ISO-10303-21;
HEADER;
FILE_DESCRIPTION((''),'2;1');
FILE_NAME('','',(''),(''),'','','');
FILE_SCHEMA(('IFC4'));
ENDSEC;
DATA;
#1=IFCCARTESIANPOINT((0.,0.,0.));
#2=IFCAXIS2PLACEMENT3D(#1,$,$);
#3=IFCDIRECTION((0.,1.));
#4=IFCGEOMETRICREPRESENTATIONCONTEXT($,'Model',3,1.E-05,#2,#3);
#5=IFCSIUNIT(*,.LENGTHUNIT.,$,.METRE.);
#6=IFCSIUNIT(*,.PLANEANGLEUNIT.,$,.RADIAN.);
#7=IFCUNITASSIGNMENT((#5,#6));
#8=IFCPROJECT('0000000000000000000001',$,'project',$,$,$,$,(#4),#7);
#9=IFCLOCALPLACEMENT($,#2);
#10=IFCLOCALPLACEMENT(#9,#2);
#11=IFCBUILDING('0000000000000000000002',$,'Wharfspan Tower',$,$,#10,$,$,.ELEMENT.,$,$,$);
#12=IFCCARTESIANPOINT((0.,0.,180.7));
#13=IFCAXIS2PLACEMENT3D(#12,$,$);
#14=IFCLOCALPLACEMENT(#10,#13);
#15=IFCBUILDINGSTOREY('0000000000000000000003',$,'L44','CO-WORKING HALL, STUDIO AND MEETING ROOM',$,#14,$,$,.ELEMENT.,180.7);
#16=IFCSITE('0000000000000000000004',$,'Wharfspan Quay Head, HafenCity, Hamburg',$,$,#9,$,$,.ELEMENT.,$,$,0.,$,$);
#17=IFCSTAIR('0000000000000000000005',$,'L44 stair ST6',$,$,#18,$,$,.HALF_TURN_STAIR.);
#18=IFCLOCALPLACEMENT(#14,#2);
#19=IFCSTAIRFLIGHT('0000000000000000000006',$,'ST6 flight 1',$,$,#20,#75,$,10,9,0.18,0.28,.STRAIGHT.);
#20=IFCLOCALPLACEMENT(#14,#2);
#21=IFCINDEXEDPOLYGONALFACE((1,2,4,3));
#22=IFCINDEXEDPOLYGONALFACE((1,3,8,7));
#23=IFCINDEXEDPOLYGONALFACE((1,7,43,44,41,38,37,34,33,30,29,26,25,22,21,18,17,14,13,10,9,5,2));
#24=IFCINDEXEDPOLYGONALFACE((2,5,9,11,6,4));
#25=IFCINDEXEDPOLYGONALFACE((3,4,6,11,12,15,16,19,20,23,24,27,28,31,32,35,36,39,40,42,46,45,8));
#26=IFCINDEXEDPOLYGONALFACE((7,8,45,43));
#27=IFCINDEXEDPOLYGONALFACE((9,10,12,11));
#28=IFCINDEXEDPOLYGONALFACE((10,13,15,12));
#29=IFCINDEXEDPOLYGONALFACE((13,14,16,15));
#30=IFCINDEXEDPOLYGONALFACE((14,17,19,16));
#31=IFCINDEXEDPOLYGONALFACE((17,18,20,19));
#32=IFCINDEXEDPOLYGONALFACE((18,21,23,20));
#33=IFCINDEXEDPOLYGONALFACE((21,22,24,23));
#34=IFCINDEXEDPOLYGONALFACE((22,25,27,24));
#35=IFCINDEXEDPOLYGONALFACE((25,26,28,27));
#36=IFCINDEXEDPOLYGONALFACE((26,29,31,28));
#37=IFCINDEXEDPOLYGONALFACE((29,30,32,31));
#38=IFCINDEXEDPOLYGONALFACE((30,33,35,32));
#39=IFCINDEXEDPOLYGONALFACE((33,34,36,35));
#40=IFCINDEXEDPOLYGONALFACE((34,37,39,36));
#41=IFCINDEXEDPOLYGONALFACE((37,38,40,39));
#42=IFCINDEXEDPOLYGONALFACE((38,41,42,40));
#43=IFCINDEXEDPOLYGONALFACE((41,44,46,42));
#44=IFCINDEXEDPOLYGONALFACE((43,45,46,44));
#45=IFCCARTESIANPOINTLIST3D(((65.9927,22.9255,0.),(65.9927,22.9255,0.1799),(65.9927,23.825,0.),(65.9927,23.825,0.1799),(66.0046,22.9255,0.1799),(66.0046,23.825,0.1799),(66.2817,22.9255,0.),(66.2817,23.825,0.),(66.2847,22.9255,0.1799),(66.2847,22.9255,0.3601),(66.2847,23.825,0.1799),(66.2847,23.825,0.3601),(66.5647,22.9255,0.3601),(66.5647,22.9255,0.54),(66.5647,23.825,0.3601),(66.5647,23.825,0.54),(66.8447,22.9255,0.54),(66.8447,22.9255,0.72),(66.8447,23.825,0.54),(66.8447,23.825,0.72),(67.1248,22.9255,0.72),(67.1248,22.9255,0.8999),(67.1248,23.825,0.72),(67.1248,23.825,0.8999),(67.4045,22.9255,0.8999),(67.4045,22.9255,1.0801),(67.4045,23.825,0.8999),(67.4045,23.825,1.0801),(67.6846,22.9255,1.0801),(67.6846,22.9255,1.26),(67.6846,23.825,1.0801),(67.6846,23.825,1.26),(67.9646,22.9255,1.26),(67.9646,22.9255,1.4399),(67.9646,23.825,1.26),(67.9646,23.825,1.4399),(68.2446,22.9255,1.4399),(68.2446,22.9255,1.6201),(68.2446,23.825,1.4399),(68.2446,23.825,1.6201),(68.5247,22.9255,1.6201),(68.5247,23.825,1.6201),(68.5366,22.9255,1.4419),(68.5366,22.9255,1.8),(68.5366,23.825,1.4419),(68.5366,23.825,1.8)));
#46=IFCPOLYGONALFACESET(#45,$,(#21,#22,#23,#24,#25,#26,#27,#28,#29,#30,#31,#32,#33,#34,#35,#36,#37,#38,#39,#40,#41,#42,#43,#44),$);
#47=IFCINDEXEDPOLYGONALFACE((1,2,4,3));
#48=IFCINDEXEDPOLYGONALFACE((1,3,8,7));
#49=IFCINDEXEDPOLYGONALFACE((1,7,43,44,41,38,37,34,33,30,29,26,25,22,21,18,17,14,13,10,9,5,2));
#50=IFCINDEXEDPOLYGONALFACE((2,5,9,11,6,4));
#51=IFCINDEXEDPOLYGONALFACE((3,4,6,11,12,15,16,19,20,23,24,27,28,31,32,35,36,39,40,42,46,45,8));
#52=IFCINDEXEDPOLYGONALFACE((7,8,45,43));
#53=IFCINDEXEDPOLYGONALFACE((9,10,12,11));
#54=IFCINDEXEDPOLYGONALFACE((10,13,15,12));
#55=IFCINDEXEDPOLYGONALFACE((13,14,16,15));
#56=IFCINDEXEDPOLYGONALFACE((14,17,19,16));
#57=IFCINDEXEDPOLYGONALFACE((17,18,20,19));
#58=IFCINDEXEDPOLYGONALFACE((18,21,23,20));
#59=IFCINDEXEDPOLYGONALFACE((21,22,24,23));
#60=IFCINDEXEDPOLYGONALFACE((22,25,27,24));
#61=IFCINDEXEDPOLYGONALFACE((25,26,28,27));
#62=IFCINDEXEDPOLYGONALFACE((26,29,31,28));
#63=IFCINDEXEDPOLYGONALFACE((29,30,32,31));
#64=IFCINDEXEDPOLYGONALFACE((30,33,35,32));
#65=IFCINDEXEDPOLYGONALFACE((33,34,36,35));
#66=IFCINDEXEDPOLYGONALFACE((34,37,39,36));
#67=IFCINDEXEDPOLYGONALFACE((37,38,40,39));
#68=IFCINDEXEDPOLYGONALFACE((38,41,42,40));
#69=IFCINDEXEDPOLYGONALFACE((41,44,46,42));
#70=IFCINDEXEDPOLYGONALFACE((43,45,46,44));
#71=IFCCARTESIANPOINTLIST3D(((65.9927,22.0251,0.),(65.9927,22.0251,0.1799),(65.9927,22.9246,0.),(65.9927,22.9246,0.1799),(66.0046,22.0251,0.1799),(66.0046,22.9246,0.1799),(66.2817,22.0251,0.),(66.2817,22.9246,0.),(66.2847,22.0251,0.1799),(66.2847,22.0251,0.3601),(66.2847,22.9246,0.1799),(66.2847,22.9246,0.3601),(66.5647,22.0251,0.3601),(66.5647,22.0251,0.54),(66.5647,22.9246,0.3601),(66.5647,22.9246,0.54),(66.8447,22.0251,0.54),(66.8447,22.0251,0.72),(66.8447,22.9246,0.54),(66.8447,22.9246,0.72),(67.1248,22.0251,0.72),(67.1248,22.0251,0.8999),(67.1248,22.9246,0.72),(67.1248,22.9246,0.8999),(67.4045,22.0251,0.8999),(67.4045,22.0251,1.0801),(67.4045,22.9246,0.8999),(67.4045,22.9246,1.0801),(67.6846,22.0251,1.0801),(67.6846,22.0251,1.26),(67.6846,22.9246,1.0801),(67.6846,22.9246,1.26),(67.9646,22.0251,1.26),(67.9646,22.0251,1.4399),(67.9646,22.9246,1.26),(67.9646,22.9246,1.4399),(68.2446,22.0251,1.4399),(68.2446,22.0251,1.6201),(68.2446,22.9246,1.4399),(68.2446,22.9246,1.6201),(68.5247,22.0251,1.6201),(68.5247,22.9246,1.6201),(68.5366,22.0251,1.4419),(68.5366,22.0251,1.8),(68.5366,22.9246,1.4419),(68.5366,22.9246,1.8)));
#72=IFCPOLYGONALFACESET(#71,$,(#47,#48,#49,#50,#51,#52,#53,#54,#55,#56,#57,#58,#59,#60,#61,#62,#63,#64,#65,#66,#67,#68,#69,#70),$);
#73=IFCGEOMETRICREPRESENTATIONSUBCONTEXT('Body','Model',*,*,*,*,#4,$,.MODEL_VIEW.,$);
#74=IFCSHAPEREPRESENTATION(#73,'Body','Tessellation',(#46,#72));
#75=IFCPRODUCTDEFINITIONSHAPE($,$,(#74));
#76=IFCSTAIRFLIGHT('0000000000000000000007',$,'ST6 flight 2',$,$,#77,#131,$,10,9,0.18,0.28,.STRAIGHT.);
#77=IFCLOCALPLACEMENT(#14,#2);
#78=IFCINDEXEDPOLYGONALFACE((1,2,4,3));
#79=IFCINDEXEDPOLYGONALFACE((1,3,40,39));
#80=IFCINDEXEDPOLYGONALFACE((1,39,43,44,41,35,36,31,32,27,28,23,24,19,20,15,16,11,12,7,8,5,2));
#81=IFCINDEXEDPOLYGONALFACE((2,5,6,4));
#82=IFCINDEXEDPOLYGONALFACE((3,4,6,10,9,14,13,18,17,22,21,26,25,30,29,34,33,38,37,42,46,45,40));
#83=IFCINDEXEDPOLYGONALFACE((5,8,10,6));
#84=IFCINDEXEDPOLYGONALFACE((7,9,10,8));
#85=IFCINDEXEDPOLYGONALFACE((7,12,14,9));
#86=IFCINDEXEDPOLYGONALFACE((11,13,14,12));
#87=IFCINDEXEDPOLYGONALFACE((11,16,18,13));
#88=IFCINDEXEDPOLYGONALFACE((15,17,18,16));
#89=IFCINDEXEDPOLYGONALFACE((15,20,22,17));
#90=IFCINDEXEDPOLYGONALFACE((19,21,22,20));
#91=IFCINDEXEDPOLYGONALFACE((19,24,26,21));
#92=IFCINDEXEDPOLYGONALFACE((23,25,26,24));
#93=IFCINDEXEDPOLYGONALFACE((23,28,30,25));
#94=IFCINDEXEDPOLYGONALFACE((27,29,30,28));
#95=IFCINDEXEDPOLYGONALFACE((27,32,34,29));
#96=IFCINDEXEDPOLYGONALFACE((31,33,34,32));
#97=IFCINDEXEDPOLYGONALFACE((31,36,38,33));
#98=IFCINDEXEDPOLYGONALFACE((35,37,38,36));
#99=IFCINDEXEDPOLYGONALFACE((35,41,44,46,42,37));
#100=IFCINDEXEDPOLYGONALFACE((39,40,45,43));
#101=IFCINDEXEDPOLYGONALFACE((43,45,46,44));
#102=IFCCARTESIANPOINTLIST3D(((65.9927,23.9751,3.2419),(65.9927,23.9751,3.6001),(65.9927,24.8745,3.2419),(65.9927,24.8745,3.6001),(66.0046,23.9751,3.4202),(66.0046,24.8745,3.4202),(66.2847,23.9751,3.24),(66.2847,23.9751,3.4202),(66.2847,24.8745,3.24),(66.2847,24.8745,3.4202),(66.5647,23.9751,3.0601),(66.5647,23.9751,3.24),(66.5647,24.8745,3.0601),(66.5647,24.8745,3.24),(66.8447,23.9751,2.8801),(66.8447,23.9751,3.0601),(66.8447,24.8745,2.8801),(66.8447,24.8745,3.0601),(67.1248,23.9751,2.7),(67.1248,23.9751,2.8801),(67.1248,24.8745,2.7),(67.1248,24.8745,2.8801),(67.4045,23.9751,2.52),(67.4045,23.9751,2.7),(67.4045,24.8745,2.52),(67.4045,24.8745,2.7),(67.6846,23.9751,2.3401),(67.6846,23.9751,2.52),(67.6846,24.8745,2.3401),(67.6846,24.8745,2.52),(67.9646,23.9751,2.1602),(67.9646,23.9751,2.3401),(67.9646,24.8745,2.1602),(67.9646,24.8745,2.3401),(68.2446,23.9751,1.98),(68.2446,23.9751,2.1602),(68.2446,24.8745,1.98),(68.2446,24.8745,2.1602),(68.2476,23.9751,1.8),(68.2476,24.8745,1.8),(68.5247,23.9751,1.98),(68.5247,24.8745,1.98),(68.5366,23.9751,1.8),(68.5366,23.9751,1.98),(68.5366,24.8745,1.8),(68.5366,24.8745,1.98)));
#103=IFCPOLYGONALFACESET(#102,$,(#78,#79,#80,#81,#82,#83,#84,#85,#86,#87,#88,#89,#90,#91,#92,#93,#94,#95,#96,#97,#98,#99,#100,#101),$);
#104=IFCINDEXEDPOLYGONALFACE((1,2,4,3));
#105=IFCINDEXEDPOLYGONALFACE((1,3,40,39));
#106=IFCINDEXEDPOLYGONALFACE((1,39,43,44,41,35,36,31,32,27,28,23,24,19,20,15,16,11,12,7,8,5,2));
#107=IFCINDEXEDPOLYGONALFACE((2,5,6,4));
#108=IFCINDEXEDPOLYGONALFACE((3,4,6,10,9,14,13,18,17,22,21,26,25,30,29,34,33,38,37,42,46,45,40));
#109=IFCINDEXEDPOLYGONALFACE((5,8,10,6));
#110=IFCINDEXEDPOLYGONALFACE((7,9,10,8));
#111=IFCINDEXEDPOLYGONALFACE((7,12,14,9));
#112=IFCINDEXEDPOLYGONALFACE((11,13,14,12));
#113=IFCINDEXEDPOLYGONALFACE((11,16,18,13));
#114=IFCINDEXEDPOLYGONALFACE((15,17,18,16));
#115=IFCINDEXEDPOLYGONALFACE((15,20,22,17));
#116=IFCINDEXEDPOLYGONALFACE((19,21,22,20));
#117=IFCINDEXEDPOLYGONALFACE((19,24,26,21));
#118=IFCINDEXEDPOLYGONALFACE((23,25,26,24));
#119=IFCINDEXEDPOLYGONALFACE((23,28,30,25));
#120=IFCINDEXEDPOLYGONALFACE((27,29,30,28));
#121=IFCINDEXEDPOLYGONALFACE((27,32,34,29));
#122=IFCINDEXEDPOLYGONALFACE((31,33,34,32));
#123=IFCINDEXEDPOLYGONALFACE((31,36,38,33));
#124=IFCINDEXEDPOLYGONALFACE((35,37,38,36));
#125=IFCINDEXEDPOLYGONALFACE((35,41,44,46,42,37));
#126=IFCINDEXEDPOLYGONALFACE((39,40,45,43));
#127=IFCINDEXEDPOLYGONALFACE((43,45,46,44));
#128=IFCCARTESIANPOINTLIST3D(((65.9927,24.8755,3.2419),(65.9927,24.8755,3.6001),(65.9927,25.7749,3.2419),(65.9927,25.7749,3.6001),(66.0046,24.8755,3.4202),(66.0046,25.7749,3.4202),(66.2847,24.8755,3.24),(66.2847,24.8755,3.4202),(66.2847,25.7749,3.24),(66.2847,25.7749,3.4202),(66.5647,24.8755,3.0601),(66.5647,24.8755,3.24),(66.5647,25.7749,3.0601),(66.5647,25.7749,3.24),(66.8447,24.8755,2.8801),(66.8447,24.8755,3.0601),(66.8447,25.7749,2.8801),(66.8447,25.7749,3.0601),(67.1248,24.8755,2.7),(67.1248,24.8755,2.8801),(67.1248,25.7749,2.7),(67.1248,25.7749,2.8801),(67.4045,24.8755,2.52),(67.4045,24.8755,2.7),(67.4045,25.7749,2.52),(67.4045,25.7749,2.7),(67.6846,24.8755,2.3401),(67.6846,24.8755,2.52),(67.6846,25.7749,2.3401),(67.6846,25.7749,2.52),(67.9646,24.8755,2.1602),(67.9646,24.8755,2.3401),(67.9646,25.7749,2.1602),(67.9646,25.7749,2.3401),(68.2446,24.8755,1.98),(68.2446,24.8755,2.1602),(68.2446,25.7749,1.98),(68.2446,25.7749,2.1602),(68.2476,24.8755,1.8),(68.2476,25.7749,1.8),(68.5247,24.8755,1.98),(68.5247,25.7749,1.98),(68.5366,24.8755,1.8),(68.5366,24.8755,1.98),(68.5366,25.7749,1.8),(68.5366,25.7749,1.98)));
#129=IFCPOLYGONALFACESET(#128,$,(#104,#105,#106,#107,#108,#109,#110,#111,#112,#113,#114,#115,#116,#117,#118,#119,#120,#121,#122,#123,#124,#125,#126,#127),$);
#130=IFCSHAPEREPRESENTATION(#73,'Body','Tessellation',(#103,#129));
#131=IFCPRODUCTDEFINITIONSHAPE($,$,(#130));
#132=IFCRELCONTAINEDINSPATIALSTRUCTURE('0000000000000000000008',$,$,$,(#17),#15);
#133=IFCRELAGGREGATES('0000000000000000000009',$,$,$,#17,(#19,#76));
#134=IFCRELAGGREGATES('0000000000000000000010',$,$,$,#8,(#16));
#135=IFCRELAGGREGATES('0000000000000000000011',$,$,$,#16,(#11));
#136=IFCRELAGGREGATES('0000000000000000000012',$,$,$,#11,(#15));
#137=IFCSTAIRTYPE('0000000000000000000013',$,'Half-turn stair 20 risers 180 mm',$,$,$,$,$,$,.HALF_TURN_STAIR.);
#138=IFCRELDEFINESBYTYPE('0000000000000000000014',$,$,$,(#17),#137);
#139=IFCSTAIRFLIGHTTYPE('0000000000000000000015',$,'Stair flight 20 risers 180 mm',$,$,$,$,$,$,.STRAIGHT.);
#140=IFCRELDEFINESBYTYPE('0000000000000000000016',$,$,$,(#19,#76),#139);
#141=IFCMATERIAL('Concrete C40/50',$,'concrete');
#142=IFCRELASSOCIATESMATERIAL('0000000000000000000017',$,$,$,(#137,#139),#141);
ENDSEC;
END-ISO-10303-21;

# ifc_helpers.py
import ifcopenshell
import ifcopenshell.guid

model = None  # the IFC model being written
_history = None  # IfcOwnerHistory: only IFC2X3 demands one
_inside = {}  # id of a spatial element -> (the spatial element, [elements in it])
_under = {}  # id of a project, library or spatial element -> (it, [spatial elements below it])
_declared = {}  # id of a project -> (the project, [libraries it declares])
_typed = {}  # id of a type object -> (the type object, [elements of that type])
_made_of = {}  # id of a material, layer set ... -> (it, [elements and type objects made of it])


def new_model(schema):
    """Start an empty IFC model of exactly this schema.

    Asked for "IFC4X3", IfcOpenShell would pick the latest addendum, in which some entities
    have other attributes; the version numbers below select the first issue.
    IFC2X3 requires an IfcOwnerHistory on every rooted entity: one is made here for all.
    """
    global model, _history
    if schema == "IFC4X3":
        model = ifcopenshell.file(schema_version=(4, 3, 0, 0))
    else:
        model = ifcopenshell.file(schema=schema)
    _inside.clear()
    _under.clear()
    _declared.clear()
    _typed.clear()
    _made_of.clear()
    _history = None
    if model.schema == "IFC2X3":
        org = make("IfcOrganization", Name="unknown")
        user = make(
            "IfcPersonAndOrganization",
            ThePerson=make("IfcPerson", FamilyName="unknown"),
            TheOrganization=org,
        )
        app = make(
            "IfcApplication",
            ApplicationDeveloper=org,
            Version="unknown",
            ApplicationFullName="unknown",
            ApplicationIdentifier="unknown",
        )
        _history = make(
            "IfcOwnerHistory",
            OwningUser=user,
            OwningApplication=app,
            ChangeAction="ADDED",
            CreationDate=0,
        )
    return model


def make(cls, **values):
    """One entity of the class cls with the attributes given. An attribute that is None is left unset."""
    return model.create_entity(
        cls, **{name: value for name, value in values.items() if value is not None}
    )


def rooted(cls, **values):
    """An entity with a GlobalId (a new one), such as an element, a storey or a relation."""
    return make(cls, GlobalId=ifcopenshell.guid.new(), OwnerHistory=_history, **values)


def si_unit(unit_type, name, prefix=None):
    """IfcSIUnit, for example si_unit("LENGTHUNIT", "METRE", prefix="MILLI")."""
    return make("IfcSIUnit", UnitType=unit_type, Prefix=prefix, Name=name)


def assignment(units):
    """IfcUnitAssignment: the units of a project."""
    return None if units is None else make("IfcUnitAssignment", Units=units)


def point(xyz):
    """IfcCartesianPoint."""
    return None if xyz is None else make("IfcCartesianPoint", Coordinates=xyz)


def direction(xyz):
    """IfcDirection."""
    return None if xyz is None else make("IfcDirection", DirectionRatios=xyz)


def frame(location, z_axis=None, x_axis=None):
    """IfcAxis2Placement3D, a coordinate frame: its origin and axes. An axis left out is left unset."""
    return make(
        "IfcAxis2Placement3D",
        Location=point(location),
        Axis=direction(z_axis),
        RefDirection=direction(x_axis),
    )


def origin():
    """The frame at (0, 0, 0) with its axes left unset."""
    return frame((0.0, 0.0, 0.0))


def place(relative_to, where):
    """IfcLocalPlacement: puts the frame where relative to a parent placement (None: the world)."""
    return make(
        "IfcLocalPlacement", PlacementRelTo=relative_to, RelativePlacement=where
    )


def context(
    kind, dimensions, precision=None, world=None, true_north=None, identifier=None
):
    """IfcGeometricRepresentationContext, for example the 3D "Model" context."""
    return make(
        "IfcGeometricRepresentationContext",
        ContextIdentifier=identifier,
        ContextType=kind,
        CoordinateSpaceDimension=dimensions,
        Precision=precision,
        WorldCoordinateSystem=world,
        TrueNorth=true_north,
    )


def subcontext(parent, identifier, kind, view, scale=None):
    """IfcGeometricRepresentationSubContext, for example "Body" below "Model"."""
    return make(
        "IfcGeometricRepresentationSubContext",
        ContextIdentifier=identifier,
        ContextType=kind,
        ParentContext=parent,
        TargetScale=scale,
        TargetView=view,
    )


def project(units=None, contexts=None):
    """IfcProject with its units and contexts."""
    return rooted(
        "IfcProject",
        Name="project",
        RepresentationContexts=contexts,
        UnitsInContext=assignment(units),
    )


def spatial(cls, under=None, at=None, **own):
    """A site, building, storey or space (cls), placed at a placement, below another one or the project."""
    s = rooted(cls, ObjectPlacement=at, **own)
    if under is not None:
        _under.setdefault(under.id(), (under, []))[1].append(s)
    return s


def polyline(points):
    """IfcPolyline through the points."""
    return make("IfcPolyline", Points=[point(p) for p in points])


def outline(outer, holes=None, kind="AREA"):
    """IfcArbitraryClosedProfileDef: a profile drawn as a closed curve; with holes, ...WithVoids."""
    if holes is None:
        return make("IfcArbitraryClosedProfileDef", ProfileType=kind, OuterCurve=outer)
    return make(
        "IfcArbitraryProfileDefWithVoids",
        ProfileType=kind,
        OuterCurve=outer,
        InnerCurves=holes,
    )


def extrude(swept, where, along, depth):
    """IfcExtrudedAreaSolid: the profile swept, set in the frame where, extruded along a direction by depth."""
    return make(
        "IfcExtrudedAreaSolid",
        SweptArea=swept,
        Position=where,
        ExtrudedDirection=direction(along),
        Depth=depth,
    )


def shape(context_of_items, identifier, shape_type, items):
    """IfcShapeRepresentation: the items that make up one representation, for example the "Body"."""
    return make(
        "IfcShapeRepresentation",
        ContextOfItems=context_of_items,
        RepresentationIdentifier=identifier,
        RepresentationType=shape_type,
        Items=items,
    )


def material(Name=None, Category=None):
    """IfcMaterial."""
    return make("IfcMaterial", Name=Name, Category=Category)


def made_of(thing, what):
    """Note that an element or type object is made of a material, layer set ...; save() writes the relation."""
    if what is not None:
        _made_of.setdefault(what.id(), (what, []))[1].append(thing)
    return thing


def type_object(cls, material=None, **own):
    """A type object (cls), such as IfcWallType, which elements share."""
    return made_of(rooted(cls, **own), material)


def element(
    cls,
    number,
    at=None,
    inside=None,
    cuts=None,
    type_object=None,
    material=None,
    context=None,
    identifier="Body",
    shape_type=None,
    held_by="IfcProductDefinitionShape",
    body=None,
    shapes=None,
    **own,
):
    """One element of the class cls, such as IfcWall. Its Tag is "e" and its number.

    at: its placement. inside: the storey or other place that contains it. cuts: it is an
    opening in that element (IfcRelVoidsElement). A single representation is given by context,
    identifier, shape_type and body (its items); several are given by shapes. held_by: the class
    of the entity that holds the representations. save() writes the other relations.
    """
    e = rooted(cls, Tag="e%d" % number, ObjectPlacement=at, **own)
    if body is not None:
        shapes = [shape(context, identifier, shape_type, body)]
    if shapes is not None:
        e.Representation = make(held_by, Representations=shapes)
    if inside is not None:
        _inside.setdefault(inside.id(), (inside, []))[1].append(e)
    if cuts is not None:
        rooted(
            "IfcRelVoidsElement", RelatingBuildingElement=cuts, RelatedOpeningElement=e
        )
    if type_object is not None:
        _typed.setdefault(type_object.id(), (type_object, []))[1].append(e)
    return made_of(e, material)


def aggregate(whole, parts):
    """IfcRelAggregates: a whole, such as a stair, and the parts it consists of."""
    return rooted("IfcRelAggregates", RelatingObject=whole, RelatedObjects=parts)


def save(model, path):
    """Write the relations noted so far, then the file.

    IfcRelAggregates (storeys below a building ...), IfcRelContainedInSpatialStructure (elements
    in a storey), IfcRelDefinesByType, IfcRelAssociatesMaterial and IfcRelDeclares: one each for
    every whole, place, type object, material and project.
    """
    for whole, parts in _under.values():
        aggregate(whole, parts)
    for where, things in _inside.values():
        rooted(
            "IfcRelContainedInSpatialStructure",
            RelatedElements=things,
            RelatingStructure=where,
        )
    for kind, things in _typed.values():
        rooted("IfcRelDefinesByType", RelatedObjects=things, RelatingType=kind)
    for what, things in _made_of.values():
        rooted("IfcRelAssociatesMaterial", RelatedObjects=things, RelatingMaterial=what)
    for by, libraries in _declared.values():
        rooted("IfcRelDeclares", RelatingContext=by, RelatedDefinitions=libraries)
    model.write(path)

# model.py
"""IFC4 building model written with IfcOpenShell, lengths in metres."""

from ifc_helpers import new_model, si_unit, direction, frame, origin, place, context, subcontext, project, spatial, polyline, outline, extrude, material, type_object, element, aggregate, save


model = new_model("IFC4")

# Units and contexts
model_context = context("Model", 3, precision=1e-05, world=origin(), true_north=direction((0.0, 1.0)))
body_context = subcontext(model_context, "Body", "Model", "MODEL_VIEW")
ifc_project = project(units=[si_unit("LENGTHUNIT", "METRE"), si_unit("PLANEANGLEUNIT", "RADIAN")], contexts=[model_context])

# Site, building, storey
site_placement = place(None, origin())
site = spatial("IfcSite", under=ifc_project, at=site_placement, Name="Wharfspan Quay Head, HafenCity, Hamburg", CompositionType="ELEMENT", RefElevation=0.0)
building_placement = place(site_placement, origin())
building = spatial("IfcBuilding", under=site, at=building_placement, Name="Wharfspan Tower", CompositionType="ELEMENT")
storey_placement = place(building_placement, frame((0.0, 0.0, 180.7)))
storey = spatial("IfcBuildingStorey", under=building, at=storey_placement, Name="L44", Description="CO-WORKING HALL, STUDIO AND MEETING ROOM", CompositionType="ELEMENT", Elevation=180.7)

# Shared definitions
ifc_material_1 = material(Name="Concrete C40/50", Category="concrete")

# Stair, stair flights
stair_type = type_object("IfcStairType", Name="Half-turn stair 20 risers 180 mm", PredefinedType="HALF_TURN_STAIR", material=ifc_material_1)
stair_placement = place(storey_placement, origin())
stair = element("IfcStair", 1, at=stair_placement, inside=storey, type_object=stair_type, Name="L44 stair ST6", PredefinedType="HALF_TURN_STAIR")
stair_flight_type = type_object("IfcStairFlightType", Name="Stair flight 20 risers 180 mm", PredefinedType="STRAIGHT", material=ifc_material_1)
stair_flight_1_placement = place(storey_placement, frame((66.0046, 22.925, 0.0), z_axis=(0.0, 0.0, 1.0), x_axis=(1.0, 0.0, 0.0)))
stair_flight_1 = element("IfcStairFlight", 2, at=stair_flight_1_placement, type_object=stair_flight_type, Name="ST6 flight 1", NumberOfRisers=10, NumberOfTreads=9, PredefinedType="STRAIGHT", RiserHeight=0.18, TreadLength=0.28, context=body_context, shape_type="SweptSolid", body=[
    extrude(outline(polyline([(-0.012, 0.0), (-0.012, 0.1799), (0.0, 0.1799), (0.28, 0.1799), (0.28, 0.3601), (0.5601, 0.3601), (0.5601, 0.54), (0.8401, 0.54), (0.8401, 0.72), (1.1201, 0.72), (1.1201, 0.8999), (1.3999, 0.8999), (1.3999, 1.0801), (1.6799, 1.0801), (1.6799, 1.26), (1.96, 1.26), (1.96, 1.4399), (2.24, 1.4399), (2.24, 1.6201), (2.52, 1.6201), (2.532, 1.8), (2.532, 1.4419), (0.2771, 0.0), (-0.012, 0.0)])), frame((0.0, 0.8999, 0.0), z_axis=(0.0, -1.0, 0.0), x_axis=(1.0, 0.0, 0.0)), (0.0, 0.0, 1.0), 0.8994),
    extrude(outline(polyline([(-0.012, 0.0), (-0.012, 0.1799), (0.0, 0.1799), (0.28, 0.1799), (0.28, 0.3601), (0.5601, 0.3601), (0.5601, 0.54), (0.8401, 0.54), (0.8401, 0.72), (1.1201, 0.72), (1.1201, 0.8999), (1.3999, 0.8999), (1.3999, 1.0801), (1.6799, 1.0801), (1.6799, 1.26), (1.96, 1.26), (1.96, 1.4399), (2.24, 1.4399), (2.24, 1.6201), (2.52, 1.6201), (2.532, 1.8), (2.532, 1.4419), (0.2771, 0.0), (-0.012, 0.0)])), frame((0.0, -0.0005, 0.0), z_axis=(0.0, -1.0, 0.0), x_axis=(1.0, 0.0, 0.0)), (0.0, 0.0, 1.0), 0.8994),
])
stair_flight_2_placement = place(storey_placement, frame((68.5247, 24.875, 1.8), z_axis=(0.0, 0.0, 1.0), x_axis=(-1.0, 0.0, 0.0)))
stair_flight_2 = element("IfcStairFlight", 3, at=stair_flight_2_placement, type_object=stair_flight_type, Name="ST6 flight 2", NumberOfRisers=10, NumberOfTreads=9, PredefinedType="STRAIGHT", RiserHeight=0.18, TreadLength=0.28, context=body_context, shape_type="SweptSolid", body=[
    extrude(outline(polyline([(-0.012, 0.0), (-0.012, 0.1799), (0.0, 0.1799), (0.28, 0.1799), (0.28, 0.3601), (0.5601, 0.3601), (0.5601, 0.54), (0.8401, 0.54), (0.8401, 0.72), (1.1201, 0.72), (1.1201, 0.8999), (1.3999, 0.8999), (1.3999, 1.0801), (1.6799, 1.0801), (1.6799, 1.26), (1.96, 1.26), (1.96, 1.4399), (2.24, 1.4399), (2.24, 1.6201), (2.52, 1.6201), (2.532, 1.8), (2.532, 1.4419), (0.2771, 0.0), (-0.012, 0.0)])), frame((0.0, 0.8999, 0.0), z_axis=(0.0, -1.0, 0.0), x_axis=(1.0, 0.0, 0.0)), (0.0, 0.0, 1.0), 0.8994),
    extrude(outline(polyline([(-0.012, 0.0), (-0.012, 0.1799), (0.0, 0.1799), (0.28, 0.1799), (0.28, 0.3601), (0.5601, 0.3601), (0.5601, 0.54), (0.8401, 0.54), (0.8401, 0.72), (1.1201, 0.72), (1.1201, 0.8999), (1.3999, 0.8999), (1.3999, 1.0801), (1.6799, 1.0801), (1.6799, 1.26), (1.96, 1.26), (1.96, 1.4399), (2.24, 1.4399), (2.24, 1.6201), (2.52, 1.6201), (2.532, 1.8), (2.532, 1.4419), (0.2771, 0.0), (-0.012, 0.0)])), frame((0.0, -0.0005, 0.0), z_axis=(0.0, -1.0, 0.0), x_axis=(1.0, 0.0, 0.0)), (0.0, 0.0, 1.0), 0.8994),
])
aggregate(stair, [stair_flight_1, stair_flight_2])

save(model, "model.ifc")
